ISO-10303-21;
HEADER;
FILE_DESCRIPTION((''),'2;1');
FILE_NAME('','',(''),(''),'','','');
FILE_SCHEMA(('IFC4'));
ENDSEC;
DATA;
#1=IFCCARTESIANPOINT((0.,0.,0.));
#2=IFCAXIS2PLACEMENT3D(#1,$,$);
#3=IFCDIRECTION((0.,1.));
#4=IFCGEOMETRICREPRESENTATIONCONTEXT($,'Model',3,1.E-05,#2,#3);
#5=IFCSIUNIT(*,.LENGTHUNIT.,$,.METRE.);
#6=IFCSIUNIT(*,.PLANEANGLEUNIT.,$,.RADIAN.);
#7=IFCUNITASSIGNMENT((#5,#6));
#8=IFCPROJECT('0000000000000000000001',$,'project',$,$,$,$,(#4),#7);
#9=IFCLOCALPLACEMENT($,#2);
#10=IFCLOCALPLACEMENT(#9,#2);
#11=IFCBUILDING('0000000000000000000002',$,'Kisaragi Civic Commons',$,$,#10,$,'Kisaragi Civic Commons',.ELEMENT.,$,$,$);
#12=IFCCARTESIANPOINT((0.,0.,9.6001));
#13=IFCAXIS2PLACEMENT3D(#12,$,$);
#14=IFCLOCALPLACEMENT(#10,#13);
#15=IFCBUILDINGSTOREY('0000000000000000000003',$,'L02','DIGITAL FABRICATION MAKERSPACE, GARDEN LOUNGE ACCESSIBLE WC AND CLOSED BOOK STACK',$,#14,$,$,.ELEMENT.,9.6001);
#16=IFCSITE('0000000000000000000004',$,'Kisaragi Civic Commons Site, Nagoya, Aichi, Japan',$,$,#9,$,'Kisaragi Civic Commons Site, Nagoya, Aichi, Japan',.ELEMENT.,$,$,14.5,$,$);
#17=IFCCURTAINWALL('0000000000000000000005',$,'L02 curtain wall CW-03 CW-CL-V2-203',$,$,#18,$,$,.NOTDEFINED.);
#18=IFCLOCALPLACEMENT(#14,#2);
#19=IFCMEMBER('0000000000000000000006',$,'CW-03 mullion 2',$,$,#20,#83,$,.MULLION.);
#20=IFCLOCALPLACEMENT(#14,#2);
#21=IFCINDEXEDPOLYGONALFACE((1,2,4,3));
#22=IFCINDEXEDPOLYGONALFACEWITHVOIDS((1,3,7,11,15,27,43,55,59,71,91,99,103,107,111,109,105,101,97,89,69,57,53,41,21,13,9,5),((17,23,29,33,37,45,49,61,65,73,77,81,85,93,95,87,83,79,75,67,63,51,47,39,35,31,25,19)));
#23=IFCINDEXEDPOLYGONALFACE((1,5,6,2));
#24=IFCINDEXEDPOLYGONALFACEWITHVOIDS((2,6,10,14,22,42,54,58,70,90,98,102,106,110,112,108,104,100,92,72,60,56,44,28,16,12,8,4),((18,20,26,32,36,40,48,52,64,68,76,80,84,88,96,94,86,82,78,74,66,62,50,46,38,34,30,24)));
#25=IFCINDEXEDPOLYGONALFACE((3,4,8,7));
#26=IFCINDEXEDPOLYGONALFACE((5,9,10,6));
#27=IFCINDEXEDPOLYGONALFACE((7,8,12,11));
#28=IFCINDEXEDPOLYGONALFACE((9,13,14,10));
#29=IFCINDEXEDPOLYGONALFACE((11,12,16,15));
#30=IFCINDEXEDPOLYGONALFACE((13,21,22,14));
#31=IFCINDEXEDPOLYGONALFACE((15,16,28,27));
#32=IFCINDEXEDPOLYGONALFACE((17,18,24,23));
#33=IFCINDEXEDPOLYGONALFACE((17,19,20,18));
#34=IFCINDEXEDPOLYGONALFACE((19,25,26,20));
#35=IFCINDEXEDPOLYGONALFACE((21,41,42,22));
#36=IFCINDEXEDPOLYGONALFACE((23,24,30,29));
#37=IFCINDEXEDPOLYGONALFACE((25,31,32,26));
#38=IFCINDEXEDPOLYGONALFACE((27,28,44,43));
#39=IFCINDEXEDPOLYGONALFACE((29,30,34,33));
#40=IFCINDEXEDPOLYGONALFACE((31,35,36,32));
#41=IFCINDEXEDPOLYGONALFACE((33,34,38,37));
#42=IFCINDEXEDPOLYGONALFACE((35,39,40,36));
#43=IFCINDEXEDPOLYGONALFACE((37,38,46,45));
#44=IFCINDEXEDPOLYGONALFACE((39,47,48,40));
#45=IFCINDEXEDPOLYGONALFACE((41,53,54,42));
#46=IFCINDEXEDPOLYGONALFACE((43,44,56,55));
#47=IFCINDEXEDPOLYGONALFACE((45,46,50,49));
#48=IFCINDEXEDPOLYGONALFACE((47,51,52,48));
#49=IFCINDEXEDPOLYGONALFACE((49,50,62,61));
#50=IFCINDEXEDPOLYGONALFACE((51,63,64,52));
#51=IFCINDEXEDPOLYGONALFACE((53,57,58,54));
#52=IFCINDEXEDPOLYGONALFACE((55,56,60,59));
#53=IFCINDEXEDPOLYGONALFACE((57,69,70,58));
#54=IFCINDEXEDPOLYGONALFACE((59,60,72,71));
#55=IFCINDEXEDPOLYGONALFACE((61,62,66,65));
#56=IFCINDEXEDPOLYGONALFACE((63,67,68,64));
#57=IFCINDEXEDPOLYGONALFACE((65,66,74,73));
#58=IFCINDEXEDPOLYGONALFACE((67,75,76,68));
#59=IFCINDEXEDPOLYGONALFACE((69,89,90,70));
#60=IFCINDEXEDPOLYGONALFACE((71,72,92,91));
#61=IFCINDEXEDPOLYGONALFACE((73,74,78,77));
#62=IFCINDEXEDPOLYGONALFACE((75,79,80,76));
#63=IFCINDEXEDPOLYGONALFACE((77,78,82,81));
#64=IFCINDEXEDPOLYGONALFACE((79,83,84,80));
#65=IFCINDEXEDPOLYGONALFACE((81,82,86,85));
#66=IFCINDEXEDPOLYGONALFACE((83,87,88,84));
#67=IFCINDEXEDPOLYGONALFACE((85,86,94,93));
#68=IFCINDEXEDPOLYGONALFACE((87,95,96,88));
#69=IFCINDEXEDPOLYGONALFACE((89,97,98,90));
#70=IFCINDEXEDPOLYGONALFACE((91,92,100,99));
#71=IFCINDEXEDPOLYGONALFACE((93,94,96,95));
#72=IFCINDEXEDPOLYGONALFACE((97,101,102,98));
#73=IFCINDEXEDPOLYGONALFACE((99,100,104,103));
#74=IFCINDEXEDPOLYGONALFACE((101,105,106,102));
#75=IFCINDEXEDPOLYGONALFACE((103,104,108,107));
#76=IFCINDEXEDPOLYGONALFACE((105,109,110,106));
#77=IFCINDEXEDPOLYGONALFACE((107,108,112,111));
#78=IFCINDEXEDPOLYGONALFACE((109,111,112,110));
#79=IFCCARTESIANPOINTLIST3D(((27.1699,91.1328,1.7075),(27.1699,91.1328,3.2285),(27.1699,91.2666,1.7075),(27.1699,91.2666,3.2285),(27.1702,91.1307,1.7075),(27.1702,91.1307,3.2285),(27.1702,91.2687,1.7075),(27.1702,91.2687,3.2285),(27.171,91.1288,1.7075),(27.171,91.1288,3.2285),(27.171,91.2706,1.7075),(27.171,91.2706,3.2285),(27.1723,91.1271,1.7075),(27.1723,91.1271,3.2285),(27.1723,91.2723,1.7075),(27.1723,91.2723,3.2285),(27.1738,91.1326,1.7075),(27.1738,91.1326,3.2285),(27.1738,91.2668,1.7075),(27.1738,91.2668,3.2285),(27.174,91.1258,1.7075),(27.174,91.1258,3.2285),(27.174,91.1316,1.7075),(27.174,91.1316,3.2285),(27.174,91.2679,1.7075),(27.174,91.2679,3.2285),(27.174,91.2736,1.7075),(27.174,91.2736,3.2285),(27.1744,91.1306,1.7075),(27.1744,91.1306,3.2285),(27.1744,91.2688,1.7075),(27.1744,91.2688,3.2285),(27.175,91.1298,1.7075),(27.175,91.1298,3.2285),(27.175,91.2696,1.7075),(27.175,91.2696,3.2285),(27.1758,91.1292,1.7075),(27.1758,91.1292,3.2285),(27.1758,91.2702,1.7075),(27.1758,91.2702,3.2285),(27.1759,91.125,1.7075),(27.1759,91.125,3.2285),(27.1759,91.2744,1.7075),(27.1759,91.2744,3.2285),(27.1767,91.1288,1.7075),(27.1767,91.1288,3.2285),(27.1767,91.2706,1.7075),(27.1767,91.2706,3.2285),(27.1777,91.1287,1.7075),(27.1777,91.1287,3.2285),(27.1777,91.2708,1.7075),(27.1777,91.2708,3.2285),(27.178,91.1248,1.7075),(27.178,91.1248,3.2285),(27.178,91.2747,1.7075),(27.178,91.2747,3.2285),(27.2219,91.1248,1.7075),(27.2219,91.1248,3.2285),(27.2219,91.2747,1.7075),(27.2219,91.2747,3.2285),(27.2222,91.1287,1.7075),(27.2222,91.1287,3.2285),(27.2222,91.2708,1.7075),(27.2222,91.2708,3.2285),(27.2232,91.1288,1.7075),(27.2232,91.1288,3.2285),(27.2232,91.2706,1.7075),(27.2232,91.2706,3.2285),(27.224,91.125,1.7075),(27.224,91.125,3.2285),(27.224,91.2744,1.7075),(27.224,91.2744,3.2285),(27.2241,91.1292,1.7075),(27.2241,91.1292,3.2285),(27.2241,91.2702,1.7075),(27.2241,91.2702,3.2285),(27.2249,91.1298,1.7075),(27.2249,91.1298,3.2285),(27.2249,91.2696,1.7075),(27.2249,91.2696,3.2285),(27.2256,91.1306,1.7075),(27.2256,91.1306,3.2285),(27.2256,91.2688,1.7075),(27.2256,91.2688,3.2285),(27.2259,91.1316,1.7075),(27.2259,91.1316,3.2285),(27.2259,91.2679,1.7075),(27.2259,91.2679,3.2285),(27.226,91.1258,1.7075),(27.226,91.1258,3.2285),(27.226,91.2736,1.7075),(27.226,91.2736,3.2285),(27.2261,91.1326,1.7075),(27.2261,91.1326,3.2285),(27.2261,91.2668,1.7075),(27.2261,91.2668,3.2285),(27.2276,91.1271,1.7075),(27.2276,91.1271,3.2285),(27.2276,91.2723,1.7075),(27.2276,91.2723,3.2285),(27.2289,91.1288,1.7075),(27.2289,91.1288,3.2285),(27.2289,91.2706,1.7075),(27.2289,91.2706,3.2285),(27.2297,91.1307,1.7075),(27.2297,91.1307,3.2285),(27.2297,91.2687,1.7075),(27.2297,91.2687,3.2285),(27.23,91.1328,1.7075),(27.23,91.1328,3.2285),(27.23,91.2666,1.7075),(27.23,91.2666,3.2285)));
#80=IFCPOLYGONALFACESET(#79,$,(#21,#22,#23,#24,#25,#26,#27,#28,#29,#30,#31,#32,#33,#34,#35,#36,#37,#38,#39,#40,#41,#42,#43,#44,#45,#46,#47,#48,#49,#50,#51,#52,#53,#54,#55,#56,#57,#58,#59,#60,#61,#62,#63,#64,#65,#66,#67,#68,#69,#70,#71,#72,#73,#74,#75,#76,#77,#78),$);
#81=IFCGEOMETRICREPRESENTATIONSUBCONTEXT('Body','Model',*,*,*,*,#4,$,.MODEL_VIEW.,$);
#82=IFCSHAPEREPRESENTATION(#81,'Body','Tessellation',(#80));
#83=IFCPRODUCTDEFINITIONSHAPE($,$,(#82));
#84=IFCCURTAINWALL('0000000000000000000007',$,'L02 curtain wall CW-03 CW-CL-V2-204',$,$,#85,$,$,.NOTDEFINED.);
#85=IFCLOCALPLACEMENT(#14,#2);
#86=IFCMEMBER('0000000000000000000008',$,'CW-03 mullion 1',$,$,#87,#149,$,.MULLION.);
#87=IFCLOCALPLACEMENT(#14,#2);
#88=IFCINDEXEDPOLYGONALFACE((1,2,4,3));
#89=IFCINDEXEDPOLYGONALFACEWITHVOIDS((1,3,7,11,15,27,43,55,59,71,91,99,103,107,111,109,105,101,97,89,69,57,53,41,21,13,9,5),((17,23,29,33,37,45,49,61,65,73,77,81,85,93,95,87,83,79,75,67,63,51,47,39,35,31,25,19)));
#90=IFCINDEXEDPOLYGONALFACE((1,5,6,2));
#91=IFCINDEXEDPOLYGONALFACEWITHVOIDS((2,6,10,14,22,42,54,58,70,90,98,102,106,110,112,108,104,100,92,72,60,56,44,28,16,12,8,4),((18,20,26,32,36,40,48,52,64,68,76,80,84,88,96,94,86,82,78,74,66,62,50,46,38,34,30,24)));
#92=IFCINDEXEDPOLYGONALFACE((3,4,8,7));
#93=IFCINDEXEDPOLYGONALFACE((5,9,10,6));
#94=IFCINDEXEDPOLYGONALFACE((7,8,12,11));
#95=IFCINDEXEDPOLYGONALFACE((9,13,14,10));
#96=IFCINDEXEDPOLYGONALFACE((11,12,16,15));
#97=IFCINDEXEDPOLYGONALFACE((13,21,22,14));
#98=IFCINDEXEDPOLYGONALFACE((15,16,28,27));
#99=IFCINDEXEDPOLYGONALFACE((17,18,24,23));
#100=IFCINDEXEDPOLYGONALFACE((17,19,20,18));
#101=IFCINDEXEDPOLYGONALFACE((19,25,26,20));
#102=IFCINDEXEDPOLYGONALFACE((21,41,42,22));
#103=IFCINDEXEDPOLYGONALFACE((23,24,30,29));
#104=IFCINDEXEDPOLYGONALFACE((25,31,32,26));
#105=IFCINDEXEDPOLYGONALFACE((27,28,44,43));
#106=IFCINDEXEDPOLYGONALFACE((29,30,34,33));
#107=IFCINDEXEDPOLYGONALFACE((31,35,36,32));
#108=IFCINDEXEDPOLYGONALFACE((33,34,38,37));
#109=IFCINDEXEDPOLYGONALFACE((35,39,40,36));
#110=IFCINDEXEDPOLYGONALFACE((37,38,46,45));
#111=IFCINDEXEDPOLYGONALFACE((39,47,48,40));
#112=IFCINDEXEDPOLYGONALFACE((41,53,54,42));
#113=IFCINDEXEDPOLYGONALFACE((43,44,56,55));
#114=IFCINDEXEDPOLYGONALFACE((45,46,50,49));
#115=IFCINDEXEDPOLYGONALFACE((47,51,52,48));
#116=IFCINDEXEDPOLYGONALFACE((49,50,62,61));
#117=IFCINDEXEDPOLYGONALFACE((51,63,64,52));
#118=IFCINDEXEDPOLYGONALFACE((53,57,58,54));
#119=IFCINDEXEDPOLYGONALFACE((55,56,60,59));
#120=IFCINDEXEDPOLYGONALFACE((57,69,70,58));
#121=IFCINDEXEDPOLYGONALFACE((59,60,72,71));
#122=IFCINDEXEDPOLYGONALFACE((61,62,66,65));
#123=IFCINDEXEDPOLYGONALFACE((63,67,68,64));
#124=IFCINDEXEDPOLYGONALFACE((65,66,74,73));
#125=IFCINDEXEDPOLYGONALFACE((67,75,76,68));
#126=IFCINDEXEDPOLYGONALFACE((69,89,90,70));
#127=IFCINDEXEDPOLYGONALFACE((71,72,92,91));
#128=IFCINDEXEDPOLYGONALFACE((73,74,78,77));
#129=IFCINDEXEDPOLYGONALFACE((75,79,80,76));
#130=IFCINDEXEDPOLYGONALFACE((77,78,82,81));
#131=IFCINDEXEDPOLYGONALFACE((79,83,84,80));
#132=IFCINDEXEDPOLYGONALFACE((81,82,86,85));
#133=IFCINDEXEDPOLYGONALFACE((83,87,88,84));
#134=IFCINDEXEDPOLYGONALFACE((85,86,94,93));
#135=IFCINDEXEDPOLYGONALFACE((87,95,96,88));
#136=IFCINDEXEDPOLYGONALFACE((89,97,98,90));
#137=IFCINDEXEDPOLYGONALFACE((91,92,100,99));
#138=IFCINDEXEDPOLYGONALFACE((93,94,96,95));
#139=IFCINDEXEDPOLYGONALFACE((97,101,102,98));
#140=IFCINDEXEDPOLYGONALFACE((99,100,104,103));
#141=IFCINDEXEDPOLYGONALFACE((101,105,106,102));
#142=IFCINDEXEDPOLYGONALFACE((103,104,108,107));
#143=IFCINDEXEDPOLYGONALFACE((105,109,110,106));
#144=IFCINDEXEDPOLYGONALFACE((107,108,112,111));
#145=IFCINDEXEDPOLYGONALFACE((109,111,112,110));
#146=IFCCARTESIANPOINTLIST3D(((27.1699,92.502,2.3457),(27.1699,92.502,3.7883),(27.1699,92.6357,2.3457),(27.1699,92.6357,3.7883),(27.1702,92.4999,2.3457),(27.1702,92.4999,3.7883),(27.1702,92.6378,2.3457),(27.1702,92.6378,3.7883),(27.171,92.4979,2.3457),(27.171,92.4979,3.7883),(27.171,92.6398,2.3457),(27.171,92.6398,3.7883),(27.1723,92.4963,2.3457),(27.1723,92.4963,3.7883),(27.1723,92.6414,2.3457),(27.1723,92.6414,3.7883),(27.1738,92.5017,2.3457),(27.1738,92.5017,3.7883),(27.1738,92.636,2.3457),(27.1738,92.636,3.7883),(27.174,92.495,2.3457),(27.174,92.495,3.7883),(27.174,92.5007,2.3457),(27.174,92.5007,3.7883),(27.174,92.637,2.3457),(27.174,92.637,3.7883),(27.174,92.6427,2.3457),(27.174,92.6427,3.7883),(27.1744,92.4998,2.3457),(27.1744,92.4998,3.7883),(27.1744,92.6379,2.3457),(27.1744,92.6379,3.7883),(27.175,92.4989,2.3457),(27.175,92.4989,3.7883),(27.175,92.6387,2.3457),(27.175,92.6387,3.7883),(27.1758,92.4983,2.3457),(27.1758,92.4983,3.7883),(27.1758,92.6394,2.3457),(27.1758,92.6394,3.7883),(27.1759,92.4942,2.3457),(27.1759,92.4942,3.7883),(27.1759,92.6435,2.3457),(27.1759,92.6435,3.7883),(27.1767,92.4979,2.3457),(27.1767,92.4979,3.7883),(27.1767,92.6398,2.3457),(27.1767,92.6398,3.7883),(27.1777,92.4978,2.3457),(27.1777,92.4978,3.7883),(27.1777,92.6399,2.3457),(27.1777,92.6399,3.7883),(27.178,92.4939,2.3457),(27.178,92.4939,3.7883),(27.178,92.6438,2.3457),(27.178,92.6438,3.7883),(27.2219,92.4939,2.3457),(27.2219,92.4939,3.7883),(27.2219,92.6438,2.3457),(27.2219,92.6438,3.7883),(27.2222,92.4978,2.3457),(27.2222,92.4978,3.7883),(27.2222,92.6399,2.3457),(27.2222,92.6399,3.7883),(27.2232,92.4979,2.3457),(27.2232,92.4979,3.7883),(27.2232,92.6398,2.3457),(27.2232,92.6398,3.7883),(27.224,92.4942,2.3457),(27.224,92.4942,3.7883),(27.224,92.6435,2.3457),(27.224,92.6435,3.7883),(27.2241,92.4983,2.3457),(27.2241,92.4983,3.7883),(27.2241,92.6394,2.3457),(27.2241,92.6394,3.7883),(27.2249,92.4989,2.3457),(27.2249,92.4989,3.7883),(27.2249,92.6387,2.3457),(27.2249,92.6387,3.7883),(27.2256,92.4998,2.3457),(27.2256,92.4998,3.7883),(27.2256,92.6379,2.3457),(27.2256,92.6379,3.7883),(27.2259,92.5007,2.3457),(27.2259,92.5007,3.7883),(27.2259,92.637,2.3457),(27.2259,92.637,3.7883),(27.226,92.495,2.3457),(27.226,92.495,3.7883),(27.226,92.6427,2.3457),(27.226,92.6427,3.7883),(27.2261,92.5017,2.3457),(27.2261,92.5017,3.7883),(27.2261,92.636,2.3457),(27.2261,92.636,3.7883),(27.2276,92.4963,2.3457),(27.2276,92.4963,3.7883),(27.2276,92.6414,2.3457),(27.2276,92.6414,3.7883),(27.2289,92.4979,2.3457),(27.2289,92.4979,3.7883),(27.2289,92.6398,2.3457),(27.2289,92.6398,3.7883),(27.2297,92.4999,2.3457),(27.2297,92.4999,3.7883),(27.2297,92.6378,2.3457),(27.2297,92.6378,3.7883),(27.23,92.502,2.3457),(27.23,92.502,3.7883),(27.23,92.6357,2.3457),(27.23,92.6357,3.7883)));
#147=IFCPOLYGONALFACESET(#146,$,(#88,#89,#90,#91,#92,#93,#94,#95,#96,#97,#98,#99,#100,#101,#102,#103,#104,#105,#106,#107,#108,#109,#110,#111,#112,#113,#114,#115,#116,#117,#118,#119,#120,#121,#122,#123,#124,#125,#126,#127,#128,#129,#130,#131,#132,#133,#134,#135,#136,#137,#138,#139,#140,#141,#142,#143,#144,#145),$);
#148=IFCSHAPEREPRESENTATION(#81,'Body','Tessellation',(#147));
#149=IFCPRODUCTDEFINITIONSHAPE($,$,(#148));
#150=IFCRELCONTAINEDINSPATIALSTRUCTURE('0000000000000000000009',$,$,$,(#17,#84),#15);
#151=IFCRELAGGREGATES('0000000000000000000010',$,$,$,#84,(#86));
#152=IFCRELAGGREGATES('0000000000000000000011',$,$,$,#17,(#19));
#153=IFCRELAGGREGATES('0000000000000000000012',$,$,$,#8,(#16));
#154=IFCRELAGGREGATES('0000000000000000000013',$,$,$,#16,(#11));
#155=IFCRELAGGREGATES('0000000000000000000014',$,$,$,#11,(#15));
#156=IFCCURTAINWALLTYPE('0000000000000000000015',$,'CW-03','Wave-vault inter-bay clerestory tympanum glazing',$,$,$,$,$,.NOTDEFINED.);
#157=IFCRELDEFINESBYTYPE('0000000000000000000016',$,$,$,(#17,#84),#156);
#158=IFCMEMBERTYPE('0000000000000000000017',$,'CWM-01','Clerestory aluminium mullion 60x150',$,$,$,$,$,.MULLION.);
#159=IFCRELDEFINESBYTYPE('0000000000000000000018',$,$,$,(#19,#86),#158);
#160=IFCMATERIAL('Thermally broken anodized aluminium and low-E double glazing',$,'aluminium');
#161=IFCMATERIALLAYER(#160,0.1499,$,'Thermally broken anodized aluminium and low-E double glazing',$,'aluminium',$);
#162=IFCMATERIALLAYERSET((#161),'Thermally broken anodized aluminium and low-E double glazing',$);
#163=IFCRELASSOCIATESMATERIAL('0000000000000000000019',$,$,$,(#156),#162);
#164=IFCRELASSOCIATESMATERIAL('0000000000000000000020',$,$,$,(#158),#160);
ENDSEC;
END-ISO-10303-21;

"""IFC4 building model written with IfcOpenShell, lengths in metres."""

from ifc_helpers import new_model, si_unit, direction, frame, origin, origin_2d, place, context, subcontext, project, spatial, hollow_rectangle, extrude, material, layer, layer_set, material_profile, profile_set, type_object, element, aggregate, save


model = new_model("IFC4")

# Units and contexts
model_context = context("Model", 3, precision=1e-05, world=origin(), true_north=direction((0.0, 1.0)))
body_context = subcontext(model_context, "Body", "Model", "MODEL_VIEW")
ifc_project = project(units=[si_unit("LENGTHUNIT", "METRE"), si_unit("PLANEANGLEUNIT", "RADIAN")], contexts=[model_context])

# Site, building, storey
site_placement = place(None, origin())
site = spatial("IfcSite", under=ifc_project, at=site_placement, Name="Kisaragi Civic Commons Site, Nagoya, Aichi, Japan", LongName="Kisaragi Civic Commons Site, Nagoya, Aichi, Japan", CompositionType="ELEMENT", RefElevation=14.5)
building_placement = place(site_placement, origin())
building = spatial("IfcBuilding", under=site, at=building_placement, Name="Kisaragi Civic Commons", LongName="Kisaragi Civic Commons", CompositionType="ELEMENT")
storey_placement = place(building_placement, frame((0.0, 0.0, 9.6001)))
storey = spatial("IfcBuildingStorey", under=building, at=storey_placement, Name="L02", Description="DIGITAL FABRICATION MAKERSPACE, GARDEN LOUNGE ACCESSIBLE WC AND CLOSED BOOK STACK", CompositionType="ELEMENT", Elevation=9.6001)

# Curtain wall, member
ifc_material_1 = material(Name="Thermally broken anodized aluminium and low-E double glazing", Category="aluminium")
ifc_layer_1 = layer(ifc_material_1, 0.1499, Name="Thermally broken anodized aluminium and low-E double glazing", Category="aluminium")
ifc_layer_set_1 = layer_set([ifc_layer_1], Name="Thermally broken anodized aluminium and low-E double glazing")
curtain_wall_type = type_object("IfcCurtainWallType", Name="CW-03", Description="Wave-vault inter-bay clerestory tympanum glazing", PredefinedType="NOTDEFINED", material=ifc_layer_set_1)
curtain_wall_1_placement = place(storey_placement, origin())
curtain_wall_1 = element("IfcCurtainWall", 1, at=curtain_wall_1_placement, inside=storey, type_object=curtain_wall_type, Name="L02 curtain wall CW-03 CW-CL-V2-203", PredefinedType="NOTDEFINED")
ifc_material_profile_1 = material_profile(ifc_material_1, hollow_rectangle(XDim=0.0601, YDim=0.1499, WallThickness=0.0039, InnerFilletRadius=0.0039, OuterFilletRadius=0.0081, at=origin_2d()), Name="CWM-60x150x4", Category="aluminium")
ifc_profile_set_1 = profile_set([ifc_material_profile_1], Name="Thermally broken anodized aluminium and low-E double glazing")
member_type_1 = type_object("IfcMemberType", Name="CWM-01", Description="Clerestory aluminium mullion 60x150", PredefinedType="MULLION", material=ifc_profile_set_1)
member_1_placement = place(storey_placement, frame((27.2, 91.1997, 1.7075), z_axis=(0.0, 0.0, 1.0), x_axis=(-1.0, 0.0, 0.0)))
member_1 = element("IfcMember", 2, at=member_1_placement, type_object=member_type_1, Name="CW-03 mullion 2", PredefinedType="MULLION", context=body_context, shape_type="SweptSolid", body=[
    extrude(hollow_rectangle(XDim=0.0601, YDim=0.1499, WallThickness=0.0039, InnerFilletRadius=0.0039, OuterFilletRadius=0.0081, at=origin_2d()), origin(), (0.0, 0.0, 1.0), 1.521),
])

# Curtain wall, member
curtain_wall_2_placement = place(storey_placement, origin())
curtain_wall_2 = element("IfcCurtainWall", 3, at=curtain_wall_2_placement, inside=storey, type_object=curtain_wall_type, Name="L02 curtain wall CW-03 CW-CL-V2-204", PredefinedType="NOTDEFINED")
member_2_placement = place(storey_placement, frame((27.2, 92.5688, 2.3457), z_axis=(0.0, 0.0, 1.0), x_axis=(-1.0, 0.0, 0.0)))
member_2 = element("IfcMember", 4, at=member_2_placement, type_object=member_type_1, Name="CW-03 mullion 1", PredefinedType="MULLION", context=body_context, shape_type="SweptSolid", body=[
    extrude(hollow_rectangle(XDim=0.0601, YDim=0.1499, WallThickness=0.0039, InnerFilletRadius=0.0039, OuterFilletRadius=0.0081, at=origin_2d()), origin(), (0.0, 0.0, 1.0), 1.4426),
])

aggregate(curtain_wall_2, [member_2])
aggregate(curtain_wall_1, [member_1])

save(model, "model.ifc")
